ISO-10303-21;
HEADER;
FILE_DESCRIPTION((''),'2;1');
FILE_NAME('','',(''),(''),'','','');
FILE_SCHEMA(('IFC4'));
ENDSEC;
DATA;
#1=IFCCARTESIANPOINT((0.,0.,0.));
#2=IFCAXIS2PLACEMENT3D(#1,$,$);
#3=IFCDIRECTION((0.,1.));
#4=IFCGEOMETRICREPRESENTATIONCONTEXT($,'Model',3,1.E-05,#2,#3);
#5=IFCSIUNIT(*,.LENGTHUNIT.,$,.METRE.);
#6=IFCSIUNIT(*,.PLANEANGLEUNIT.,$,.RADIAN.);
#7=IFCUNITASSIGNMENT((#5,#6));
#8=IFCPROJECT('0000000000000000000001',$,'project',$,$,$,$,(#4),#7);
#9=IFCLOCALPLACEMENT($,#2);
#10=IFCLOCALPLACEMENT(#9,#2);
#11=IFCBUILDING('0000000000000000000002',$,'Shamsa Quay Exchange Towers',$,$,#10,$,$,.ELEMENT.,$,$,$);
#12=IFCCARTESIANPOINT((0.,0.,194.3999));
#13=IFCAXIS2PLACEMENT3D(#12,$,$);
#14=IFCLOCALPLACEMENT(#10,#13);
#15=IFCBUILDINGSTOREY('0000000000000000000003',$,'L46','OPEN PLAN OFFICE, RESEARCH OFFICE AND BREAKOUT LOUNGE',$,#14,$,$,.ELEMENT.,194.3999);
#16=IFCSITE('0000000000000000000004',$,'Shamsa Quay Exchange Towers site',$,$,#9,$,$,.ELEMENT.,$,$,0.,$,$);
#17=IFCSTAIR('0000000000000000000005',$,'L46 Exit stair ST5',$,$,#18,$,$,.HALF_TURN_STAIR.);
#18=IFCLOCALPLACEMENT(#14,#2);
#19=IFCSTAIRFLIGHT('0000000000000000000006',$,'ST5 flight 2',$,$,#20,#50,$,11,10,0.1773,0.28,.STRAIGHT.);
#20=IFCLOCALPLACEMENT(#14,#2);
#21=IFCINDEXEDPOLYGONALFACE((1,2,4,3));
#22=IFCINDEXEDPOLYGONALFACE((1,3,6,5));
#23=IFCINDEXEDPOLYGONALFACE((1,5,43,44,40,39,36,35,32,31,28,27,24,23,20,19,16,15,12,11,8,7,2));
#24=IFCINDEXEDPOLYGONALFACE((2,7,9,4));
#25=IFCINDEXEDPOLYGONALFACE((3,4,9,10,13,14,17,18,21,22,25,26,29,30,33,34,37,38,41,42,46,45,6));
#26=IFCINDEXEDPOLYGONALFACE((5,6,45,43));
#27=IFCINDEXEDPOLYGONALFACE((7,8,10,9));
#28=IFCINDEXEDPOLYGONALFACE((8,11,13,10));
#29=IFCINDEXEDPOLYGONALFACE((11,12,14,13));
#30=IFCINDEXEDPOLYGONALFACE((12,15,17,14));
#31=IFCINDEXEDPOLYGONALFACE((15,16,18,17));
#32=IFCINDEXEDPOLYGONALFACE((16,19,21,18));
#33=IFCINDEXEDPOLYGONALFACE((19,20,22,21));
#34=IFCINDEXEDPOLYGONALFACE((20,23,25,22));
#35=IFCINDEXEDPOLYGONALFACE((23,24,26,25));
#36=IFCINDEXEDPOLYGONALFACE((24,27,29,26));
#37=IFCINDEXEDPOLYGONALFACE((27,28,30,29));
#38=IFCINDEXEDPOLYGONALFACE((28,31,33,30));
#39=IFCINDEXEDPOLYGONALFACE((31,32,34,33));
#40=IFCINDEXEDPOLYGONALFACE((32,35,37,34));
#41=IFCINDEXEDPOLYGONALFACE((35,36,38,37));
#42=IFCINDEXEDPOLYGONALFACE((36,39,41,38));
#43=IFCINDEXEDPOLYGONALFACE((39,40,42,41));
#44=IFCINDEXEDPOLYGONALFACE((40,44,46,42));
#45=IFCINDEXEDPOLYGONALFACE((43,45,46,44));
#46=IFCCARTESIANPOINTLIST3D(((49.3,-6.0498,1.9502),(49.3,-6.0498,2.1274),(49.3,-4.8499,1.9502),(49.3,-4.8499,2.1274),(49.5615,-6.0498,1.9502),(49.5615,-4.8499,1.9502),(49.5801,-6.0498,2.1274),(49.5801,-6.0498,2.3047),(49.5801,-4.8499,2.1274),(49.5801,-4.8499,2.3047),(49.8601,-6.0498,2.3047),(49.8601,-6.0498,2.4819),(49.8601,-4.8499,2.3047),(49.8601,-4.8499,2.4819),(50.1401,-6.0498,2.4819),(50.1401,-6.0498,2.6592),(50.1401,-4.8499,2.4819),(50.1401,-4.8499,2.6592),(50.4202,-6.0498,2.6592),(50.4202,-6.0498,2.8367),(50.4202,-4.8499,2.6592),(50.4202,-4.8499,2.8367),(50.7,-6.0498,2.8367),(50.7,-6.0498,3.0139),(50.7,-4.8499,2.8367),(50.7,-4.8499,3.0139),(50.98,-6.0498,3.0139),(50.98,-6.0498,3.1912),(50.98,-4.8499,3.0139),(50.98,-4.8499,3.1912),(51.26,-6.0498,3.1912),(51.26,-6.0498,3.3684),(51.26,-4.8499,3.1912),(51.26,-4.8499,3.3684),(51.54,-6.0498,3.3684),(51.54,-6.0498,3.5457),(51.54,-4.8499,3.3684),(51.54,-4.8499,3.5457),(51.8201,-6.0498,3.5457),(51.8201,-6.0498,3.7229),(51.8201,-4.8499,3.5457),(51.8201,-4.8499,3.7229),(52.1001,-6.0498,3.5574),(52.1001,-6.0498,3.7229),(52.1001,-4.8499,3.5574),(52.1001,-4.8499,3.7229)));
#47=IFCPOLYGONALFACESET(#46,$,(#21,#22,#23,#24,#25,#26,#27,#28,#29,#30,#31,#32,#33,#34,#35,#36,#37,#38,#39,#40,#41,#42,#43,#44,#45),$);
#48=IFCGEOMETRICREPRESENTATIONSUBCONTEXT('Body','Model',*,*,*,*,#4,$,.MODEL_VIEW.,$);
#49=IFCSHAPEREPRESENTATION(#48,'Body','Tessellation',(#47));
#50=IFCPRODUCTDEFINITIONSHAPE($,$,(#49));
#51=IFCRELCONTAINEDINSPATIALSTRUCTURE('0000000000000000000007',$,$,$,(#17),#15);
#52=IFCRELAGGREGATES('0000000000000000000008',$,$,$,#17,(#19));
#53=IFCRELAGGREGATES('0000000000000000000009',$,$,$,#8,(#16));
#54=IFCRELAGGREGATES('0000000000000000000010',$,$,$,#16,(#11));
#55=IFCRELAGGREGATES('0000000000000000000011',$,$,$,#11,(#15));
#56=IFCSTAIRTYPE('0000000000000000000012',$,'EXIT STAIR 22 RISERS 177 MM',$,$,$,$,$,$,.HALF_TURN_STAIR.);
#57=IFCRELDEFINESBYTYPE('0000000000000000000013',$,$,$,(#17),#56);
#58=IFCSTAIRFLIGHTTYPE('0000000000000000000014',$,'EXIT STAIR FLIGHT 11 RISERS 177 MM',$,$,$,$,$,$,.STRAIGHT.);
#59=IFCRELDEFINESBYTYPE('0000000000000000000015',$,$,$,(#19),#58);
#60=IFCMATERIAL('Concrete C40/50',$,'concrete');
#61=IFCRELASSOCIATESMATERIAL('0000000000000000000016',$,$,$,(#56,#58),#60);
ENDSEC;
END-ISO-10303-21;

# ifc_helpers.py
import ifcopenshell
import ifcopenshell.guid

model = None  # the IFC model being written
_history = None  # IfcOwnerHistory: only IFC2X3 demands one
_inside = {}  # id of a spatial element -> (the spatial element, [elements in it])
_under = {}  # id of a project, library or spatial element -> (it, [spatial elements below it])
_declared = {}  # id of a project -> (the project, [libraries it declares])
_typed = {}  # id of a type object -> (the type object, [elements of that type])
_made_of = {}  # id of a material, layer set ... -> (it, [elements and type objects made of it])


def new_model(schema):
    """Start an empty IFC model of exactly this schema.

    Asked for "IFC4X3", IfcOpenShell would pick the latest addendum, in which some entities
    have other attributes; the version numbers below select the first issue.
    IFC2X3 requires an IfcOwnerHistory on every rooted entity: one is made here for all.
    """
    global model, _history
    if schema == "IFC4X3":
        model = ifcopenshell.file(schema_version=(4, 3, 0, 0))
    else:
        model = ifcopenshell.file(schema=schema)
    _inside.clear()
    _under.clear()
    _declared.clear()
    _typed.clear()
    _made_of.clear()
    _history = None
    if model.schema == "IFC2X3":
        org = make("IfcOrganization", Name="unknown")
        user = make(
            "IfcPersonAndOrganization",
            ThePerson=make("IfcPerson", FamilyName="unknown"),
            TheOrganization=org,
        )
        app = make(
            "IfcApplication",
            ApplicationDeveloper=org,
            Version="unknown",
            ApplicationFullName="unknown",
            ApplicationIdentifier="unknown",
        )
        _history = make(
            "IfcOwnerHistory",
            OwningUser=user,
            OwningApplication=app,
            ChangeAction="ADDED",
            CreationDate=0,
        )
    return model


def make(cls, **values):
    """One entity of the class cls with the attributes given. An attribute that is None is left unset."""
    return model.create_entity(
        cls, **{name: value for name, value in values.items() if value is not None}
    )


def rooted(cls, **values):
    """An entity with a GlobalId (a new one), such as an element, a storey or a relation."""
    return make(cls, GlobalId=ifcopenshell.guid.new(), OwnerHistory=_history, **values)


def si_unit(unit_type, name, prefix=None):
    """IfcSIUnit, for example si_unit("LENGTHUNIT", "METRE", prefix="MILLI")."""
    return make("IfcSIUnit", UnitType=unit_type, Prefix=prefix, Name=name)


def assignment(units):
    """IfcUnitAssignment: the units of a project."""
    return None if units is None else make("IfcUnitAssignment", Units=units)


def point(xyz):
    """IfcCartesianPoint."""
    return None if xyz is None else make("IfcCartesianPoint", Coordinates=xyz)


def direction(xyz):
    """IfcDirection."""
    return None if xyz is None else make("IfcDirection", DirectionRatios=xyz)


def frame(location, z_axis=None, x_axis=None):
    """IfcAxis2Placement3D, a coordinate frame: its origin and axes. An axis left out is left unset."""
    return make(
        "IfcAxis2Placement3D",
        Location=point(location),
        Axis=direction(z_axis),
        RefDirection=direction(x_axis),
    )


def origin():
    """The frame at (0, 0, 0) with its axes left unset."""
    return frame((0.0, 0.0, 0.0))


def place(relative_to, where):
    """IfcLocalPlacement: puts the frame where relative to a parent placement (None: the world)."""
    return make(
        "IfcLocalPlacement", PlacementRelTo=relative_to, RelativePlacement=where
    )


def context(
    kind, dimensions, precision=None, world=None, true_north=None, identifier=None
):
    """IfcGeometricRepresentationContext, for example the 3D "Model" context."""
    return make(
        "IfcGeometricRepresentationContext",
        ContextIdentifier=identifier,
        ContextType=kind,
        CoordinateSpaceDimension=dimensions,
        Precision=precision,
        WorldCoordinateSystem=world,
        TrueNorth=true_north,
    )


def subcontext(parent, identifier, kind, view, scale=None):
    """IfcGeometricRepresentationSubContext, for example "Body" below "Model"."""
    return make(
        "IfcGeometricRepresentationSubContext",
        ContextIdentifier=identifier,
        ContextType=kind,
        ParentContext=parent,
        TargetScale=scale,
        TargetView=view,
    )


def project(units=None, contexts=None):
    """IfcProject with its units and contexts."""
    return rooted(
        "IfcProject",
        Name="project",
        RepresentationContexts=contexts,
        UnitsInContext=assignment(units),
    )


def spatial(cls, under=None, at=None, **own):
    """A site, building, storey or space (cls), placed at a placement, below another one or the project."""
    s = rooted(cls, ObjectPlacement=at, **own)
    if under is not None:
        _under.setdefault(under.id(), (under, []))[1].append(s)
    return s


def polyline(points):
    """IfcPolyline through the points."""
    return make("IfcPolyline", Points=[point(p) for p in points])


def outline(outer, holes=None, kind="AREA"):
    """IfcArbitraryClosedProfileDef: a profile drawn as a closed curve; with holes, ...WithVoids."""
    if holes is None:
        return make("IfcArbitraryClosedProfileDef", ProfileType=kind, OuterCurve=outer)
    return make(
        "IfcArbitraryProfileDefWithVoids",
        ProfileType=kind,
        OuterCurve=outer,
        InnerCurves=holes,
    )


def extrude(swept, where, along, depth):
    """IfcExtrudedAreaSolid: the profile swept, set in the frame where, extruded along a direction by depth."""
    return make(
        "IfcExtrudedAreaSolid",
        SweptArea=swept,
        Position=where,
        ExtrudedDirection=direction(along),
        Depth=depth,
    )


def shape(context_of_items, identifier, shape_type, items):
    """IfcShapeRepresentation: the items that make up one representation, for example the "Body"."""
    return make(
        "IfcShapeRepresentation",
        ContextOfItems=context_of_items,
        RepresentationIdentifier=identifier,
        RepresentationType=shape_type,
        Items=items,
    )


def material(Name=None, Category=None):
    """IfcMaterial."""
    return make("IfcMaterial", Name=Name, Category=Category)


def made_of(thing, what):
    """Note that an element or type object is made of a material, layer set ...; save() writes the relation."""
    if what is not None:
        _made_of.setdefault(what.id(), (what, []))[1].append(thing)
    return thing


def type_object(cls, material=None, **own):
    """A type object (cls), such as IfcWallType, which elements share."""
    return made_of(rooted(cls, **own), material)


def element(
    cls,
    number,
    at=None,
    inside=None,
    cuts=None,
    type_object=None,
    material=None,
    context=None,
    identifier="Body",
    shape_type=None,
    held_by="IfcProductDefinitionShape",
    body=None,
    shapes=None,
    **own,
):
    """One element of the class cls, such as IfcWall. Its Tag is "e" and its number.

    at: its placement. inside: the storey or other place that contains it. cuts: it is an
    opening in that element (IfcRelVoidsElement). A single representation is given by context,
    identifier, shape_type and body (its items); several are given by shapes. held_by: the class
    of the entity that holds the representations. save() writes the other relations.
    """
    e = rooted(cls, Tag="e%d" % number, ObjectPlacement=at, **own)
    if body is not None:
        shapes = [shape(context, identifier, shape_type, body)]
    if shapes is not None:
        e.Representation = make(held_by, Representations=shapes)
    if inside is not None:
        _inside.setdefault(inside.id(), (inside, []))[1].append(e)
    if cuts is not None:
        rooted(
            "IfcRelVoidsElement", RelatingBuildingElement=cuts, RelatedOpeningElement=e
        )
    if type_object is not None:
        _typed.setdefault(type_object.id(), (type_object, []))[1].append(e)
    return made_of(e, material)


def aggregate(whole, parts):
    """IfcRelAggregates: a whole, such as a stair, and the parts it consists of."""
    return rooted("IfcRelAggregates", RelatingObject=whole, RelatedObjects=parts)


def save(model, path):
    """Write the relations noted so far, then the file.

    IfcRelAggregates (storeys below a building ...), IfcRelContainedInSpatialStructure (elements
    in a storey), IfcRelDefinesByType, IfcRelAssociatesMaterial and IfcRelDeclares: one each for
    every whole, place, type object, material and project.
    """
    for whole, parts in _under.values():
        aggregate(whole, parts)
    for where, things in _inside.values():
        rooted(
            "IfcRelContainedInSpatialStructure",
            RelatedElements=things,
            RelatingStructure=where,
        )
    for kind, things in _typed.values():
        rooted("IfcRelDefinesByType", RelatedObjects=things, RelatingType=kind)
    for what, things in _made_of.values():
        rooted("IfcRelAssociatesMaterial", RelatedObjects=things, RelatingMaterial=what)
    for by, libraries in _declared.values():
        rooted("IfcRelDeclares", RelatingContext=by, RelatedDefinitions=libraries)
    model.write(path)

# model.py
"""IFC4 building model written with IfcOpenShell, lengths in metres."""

from ifc_helpers import new_model, si_unit, direction, frame, origin, place, context, subcontext, project, spatial, polyline, outline, extrude, material, type_object, element, aggregate, save


model = new_model("IFC4")

# Units and contexts
model_context = context("Model", 3, precision=1e-05, world=origin(), true_north=direction((0.0, 1.0)))
body_context = subcontext(model_context, "Body", "Model", "MODEL_VIEW")
ifc_project = project(units=[si_unit("LENGTHUNIT", "METRE"), si_unit("PLANEANGLEUNIT", "RADIAN")], contexts=[model_context])

# Site, building, storey
site_placement = place(None, origin())
site = spatial("IfcSite", under=ifc_project, at=site_placement, Name="Shamsa Quay Exchange Towers site", CompositionType="ELEMENT", RefElevation=0.0)
building_placement = place(site_placement, origin())
building = spatial("IfcBuilding", under=site, at=building_placement, Name="Shamsa Quay Exchange Towers", CompositionType="ELEMENT")
storey_placement = place(building_placement, frame((0.0, 0.0, 194.3999)))
storey = spatial("IfcBuildingStorey", under=building, at=storey_placement, Name="L46", Description="OPEN PLAN OFFICE, RESEARCH OFFICE AND BREAKOUT LOUNGE", CompositionType="ELEMENT", Elevation=194.3999)

# Stair, stair flight
ifc_material_1 = material(Name="Concrete C40/50", Category="concrete")
stair_type = type_object("IfcStairType", Name="EXIT STAIR 22 RISERS 177 MM", PredefinedType="HALF_TURN_STAIR", material=ifc_material_1)
stair_placement = place(storey_placement, origin())
stair = element("IfcStair", 1, at=stair_placement, inside=storey, type_object=stair_type, Name="L46 Exit stair ST5", PredefinedType="HALF_TURN_STAIR")
stair_flight_type = type_object("IfcStairFlightType", Name="EXIT STAIR FLIGHT 11 RISERS 177 MM", PredefinedType="STRAIGHT", material=ifc_material_1)
stair_flight_1_placement = place(storey_placement, frame((49.3, -5.45, 1.9502)))
stair_flight_1 = element("IfcStairFlight", 2, at=stair_flight_1_placement, type_object=stair_flight_type, Name="ST5 flight 2", NumberOfRisers=11, NumberOfTreads=10, PredefinedType="STRAIGHT", RiserHeight=0.1773, TreadLength=0.28, context=body_context, shape_type="SweptSolid", body=[
    extrude(outline(polyline([(0.0, 0.0), (0.0, 0.1772), (0.28, 0.1772), (0.28, 0.3545), (0.5601, 0.3545), (0.5601, 0.5317), (0.8401, 0.5317), (0.8401, 0.709), (1.1201, 0.709), (1.1201, 0.8865), (1.3999, 0.8865), (1.3999, 1.0637), (1.6799, 1.0637), (1.6799, 1.241), (1.96, 1.241), (1.96, 1.4182), (2.24, 1.4182), (2.24, 1.5955), (2.52, 1.5955), (2.52, 1.7727), (2.8, 1.7727), (2.8, 1.95), (2.8, 1.6072), (0.2615, 0.0), (0.0, 0.0)])), frame((0.0, 0.6001, 0.0), z_axis=(0.0, -1.0, 0.0), x_axis=(1.0, 0.0, 0.0)), (0.0, 0.0, 1.0), 1.2),
])
aggregate(stair, [stair_flight_1])

save(model, "model.ifc")
